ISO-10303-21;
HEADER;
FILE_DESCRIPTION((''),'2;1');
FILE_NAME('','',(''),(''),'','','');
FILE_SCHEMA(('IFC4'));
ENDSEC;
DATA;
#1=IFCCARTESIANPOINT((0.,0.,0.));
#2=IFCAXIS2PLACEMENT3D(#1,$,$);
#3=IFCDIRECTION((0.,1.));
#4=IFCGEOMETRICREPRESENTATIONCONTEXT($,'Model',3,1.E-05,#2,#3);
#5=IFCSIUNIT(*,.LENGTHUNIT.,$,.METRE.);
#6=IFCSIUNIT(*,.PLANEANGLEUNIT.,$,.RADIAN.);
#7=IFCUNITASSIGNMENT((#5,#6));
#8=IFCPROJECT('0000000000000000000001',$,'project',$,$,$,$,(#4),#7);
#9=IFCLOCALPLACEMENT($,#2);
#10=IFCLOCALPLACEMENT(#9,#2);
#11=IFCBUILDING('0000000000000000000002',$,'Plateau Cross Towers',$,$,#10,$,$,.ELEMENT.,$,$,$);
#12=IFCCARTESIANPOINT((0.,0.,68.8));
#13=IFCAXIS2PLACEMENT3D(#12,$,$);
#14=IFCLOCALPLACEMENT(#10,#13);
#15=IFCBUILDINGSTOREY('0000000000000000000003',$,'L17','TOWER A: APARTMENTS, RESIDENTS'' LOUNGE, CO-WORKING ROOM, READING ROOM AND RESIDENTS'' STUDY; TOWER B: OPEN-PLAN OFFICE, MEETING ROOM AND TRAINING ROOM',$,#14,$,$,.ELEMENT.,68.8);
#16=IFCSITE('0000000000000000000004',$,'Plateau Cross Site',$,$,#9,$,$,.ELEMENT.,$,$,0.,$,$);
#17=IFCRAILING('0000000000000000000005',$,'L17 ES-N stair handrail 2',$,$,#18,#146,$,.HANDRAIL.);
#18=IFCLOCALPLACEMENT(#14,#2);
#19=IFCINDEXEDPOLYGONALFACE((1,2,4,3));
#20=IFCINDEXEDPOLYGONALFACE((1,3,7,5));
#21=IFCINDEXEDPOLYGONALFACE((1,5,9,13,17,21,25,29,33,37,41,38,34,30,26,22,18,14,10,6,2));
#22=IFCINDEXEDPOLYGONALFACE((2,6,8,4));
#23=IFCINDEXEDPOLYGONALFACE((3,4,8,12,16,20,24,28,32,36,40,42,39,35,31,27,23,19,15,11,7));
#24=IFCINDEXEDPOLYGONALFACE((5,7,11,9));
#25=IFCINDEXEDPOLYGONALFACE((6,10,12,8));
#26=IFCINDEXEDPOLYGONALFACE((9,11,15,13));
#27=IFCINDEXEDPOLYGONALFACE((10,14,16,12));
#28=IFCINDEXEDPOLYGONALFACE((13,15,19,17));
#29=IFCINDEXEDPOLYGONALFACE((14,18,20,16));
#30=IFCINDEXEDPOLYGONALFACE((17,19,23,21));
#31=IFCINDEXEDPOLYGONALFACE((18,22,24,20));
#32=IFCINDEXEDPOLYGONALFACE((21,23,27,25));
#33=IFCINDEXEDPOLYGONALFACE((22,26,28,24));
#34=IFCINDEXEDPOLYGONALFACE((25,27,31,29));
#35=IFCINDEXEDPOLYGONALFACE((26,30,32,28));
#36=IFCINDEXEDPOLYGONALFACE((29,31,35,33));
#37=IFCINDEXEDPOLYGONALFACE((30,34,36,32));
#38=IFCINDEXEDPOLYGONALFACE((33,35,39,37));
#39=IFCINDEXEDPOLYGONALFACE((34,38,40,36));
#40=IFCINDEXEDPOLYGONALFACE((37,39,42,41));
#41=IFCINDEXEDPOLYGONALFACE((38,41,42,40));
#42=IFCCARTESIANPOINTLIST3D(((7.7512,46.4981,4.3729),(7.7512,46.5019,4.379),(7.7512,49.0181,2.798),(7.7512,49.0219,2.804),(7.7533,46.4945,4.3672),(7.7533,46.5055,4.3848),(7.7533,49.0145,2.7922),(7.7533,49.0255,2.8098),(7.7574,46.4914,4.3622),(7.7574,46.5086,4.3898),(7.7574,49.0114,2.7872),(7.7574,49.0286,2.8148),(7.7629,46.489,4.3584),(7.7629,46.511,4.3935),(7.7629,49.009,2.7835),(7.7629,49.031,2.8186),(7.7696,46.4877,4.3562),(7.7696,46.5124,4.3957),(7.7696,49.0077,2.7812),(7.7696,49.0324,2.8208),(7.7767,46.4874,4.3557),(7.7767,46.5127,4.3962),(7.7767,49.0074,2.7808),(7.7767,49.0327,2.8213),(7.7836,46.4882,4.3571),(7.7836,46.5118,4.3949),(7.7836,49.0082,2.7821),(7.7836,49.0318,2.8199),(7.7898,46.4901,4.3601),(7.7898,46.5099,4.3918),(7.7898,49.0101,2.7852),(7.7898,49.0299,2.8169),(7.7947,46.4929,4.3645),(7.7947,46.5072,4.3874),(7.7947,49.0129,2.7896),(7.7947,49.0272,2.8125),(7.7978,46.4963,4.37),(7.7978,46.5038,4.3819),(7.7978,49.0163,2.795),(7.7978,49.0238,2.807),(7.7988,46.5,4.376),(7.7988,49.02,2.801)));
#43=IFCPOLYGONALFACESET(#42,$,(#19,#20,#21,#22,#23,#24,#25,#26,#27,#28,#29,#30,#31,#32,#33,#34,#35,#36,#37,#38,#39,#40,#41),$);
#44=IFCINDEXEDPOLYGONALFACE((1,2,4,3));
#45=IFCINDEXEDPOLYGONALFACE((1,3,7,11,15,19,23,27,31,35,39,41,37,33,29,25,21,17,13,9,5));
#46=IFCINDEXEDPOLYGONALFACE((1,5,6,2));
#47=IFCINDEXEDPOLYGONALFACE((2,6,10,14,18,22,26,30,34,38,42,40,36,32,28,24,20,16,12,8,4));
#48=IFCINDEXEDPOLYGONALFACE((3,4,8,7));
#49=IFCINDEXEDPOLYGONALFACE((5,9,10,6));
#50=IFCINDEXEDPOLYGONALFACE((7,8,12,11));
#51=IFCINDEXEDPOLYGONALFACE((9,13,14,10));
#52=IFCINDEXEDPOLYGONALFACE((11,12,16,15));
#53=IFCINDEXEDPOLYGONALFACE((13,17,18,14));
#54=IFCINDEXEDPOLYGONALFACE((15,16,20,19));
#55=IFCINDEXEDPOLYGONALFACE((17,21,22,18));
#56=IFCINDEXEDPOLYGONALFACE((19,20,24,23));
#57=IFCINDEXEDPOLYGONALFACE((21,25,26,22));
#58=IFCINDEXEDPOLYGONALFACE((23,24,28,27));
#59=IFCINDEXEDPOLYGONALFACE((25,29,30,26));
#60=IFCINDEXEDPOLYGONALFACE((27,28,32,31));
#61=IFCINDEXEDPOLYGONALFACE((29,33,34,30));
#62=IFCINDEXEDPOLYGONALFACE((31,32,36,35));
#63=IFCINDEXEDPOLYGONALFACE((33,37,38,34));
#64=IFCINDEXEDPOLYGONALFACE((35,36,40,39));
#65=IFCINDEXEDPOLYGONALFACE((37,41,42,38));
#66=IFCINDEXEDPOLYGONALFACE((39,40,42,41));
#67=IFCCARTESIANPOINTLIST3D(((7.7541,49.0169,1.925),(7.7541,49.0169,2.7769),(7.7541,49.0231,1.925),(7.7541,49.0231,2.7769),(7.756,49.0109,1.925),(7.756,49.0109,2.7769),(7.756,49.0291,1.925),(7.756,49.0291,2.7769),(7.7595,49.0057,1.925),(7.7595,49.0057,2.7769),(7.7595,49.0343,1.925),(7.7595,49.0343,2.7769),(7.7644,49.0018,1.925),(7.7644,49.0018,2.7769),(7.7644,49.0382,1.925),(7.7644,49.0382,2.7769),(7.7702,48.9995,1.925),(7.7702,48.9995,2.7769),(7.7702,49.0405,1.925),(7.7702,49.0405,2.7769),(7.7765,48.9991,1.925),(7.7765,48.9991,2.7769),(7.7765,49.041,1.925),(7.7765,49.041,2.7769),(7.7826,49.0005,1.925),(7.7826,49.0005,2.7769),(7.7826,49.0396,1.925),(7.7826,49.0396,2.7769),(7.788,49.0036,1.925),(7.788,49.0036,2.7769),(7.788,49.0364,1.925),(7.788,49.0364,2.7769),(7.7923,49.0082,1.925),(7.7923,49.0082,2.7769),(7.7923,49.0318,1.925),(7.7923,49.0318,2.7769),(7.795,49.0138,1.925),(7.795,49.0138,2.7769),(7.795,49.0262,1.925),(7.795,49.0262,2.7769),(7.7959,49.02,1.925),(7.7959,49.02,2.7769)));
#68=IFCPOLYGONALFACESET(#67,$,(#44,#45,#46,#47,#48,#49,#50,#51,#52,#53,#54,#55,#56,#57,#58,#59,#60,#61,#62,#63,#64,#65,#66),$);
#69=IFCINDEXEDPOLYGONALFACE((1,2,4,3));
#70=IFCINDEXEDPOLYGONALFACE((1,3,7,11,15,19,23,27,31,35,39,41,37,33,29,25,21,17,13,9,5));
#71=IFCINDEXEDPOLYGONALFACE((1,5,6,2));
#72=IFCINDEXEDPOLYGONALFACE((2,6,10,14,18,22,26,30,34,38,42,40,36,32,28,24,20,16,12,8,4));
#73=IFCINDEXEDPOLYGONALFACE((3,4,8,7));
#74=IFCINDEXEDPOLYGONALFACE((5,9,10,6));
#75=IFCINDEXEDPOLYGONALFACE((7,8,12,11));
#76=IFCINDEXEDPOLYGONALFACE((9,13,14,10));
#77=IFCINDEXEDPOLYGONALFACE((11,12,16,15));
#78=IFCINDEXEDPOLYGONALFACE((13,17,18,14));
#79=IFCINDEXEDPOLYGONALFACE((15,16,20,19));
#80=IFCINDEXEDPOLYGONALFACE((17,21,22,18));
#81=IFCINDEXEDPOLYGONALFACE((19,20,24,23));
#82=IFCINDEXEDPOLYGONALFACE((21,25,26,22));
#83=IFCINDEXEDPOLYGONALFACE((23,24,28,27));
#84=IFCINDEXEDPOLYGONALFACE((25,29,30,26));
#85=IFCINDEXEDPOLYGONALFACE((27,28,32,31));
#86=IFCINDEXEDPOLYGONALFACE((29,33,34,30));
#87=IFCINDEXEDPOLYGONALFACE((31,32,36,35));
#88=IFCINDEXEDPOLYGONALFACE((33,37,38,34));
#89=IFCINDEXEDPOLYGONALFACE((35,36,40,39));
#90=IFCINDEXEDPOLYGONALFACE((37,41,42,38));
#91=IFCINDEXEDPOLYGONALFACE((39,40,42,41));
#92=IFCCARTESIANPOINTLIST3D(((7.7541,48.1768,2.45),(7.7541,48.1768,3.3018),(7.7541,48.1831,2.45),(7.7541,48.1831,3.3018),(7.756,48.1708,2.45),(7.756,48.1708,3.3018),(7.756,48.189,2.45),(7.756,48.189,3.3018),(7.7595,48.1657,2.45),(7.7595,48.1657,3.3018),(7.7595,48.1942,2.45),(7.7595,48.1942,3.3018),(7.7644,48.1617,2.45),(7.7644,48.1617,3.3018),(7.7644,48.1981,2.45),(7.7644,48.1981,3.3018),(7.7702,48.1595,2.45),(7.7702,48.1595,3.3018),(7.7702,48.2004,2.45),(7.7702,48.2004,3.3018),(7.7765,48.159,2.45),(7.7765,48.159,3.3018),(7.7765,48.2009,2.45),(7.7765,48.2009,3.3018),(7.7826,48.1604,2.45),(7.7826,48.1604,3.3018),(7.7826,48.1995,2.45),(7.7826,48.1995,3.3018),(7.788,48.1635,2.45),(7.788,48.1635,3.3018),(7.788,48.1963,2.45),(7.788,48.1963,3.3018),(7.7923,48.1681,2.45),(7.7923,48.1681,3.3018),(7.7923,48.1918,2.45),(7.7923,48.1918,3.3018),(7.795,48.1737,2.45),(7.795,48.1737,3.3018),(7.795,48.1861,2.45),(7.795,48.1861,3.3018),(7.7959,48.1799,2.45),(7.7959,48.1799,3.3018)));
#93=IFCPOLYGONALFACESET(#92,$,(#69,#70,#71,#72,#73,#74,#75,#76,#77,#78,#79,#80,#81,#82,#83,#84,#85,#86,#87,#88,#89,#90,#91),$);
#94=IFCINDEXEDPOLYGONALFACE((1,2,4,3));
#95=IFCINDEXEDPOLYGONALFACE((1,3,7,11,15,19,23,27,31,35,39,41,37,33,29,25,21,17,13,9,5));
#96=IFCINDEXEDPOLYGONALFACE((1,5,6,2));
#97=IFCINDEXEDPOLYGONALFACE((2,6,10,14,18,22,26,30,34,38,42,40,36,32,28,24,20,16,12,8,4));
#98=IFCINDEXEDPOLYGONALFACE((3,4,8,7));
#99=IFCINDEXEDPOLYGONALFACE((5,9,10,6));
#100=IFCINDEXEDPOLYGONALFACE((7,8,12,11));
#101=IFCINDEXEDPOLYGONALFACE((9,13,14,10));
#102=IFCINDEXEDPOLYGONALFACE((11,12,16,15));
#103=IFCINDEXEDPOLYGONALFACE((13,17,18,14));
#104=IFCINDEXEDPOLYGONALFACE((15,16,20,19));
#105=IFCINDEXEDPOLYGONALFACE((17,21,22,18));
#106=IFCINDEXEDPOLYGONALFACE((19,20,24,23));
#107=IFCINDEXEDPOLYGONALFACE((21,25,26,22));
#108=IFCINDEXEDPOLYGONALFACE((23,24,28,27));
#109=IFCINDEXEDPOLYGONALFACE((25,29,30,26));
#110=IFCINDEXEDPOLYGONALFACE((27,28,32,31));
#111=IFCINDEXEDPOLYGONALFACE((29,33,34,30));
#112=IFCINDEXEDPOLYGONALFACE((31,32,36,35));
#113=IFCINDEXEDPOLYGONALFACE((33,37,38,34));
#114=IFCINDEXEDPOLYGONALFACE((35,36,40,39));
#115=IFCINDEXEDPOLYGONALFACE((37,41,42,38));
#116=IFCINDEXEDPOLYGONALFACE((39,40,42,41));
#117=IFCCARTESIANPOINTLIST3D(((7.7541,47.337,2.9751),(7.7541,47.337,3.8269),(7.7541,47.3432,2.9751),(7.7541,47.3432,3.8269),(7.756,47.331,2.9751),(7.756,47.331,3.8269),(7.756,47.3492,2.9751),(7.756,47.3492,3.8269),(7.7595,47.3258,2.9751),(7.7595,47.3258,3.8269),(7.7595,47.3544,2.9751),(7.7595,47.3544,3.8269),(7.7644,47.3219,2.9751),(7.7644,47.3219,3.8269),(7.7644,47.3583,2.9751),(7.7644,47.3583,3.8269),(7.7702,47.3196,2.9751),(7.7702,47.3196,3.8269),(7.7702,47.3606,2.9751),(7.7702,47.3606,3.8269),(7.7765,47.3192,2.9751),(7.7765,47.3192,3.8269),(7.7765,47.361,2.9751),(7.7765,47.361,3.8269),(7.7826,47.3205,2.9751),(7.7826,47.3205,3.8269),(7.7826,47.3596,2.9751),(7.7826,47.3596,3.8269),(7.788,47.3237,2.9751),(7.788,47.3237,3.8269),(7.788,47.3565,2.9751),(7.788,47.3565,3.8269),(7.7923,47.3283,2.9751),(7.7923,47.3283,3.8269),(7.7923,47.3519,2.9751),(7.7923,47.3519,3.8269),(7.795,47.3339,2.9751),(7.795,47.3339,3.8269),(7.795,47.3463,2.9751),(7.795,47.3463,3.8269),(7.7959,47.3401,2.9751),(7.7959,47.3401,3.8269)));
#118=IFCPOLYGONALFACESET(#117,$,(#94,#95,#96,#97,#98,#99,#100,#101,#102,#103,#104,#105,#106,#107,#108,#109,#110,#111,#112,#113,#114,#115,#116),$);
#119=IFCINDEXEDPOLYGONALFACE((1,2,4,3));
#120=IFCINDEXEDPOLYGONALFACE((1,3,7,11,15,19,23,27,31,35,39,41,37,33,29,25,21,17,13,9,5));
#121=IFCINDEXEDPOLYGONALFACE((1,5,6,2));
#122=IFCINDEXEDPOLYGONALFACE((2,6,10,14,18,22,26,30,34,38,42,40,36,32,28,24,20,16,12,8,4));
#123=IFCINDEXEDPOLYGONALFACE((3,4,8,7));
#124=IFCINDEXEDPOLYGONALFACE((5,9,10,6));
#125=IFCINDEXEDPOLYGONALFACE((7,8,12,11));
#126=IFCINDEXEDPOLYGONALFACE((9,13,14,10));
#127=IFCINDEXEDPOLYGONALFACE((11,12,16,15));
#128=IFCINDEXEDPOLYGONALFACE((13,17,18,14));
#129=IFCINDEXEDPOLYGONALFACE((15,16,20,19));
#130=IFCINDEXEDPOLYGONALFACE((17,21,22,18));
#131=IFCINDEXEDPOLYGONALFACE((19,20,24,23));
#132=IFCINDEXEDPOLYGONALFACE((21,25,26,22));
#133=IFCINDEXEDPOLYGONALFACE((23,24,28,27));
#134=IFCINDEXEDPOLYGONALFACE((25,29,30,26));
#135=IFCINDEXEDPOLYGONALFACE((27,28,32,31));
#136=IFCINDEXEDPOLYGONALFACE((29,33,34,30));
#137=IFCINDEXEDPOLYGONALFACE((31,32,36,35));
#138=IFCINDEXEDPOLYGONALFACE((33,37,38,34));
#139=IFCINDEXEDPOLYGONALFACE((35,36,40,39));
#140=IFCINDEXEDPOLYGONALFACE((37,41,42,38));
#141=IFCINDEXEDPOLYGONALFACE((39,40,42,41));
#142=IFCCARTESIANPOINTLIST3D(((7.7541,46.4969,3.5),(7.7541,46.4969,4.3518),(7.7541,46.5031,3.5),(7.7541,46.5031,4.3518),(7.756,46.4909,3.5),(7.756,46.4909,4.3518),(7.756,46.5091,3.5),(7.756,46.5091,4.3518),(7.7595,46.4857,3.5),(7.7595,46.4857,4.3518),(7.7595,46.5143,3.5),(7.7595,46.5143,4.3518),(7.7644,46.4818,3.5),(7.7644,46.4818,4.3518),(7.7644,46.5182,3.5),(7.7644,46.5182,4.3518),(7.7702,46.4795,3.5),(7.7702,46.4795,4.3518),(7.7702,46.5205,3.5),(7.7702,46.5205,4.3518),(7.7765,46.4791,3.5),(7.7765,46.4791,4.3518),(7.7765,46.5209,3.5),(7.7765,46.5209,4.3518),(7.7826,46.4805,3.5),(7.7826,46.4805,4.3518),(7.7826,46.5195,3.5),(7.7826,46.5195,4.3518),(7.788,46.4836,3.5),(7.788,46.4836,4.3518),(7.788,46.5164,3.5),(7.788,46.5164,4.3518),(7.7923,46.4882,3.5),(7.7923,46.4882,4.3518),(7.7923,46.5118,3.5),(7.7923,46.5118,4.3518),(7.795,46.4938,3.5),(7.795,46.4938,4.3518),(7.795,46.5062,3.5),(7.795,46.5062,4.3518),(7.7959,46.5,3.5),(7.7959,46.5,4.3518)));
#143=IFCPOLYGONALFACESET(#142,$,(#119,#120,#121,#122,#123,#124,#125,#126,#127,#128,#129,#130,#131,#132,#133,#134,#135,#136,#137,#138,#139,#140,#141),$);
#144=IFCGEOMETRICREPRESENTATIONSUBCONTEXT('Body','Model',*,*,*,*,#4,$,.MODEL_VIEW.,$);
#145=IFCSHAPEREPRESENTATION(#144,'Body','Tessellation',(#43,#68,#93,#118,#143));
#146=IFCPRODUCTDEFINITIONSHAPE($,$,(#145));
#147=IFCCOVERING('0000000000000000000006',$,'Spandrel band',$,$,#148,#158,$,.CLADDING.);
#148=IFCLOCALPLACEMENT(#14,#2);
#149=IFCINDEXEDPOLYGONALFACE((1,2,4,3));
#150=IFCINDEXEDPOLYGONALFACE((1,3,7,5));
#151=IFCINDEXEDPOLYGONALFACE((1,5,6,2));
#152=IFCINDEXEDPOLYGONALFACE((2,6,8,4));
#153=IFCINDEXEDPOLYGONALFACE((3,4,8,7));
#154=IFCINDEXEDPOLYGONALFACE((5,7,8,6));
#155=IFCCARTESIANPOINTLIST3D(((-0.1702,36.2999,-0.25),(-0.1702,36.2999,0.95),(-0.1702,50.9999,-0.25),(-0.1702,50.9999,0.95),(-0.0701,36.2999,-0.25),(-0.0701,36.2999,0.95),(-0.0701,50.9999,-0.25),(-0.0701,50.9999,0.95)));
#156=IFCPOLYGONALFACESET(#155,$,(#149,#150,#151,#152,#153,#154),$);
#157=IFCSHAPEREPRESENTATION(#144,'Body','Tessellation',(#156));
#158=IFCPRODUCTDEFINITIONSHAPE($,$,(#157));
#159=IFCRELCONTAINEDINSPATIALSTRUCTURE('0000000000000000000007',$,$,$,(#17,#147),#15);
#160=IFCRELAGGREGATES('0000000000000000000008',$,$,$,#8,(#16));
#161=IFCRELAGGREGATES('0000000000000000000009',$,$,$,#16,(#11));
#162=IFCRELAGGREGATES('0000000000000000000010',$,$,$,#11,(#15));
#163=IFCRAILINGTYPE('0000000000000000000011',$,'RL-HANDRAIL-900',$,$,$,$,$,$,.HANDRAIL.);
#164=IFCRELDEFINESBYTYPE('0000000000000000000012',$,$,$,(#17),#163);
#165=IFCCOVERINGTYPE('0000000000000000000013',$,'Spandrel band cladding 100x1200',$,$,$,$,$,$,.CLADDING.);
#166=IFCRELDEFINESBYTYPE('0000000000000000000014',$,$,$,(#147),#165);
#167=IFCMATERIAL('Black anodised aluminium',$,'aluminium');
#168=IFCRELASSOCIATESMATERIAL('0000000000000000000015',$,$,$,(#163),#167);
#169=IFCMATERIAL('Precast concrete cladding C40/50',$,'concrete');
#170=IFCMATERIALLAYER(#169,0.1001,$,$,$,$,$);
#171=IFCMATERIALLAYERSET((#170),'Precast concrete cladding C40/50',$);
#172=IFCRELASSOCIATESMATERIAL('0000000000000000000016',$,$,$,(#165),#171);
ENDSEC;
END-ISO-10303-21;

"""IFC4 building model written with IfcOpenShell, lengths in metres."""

from ifc_helpers import new_model, si_unit, direction, frame, origin, origin_2d, place, context, subcontext, project, spatial, rectangle, circle, extrude, material, layer, layer_set, type_object, element, save


model = new_model("IFC4")

# Units and contexts
model_context = context("Model", 3, precision=1e-05, world=origin(), true_north=direction((0.0, 1.0)))
body_context = subcontext(model_context, "Body", "Model", "MODEL_VIEW")
ifc_project = project(units=[si_unit("LENGTHUNIT", "METRE"), si_unit("PLANEANGLEUNIT", "RADIAN")], contexts=[model_context])

# Site, building, storey
site_placement = place(None, origin())
site = spatial("IfcSite", under=ifc_project, at=site_placement, Name="Plateau Cross Site", CompositionType="ELEMENT", RefElevation=0.0)
building_placement = place(site_placement, origin())
building = spatial("IfcBuilding", under=site, at=building_placement, Name="Plateau Cross Towers", CompositionType="ELEMENT")
storey_placement = place(building_placement, frame((0.0, 0.0, 68.8)))
storey = spatial("IfcBuildingStorey", under=building, at=storey_placement, Name="L17", Description="TOWER A: APARTMENTS, RESIDENTS' LOUNGE, CO-WORKING ROOM, READING ROOM AND RESIDENTS' STUDY; TOWER B: OPEN-PLAN OFFICE, MEETING ROOM AND TRAINING ROOM", CompositionType="ELEMENT", Elevation=68.8)

# Shared definitions
ifc_material_1 = material(Name="Black anodised aluminium", Category="aluminium")

# Railing
railing_type_1 = type_object("IfcRailingType", Name="RL-HANDRAIL-900", PredefinedType="HANDRAIL", material=ifc_material_1)
railing_1_placement = place(storey_placement, frame((7.7749, 49.02, 1.925)))
element("IfcRailing", 1, at=railing_1_placement, inside=storey, type_object=railing_type_1, Name="L17 ES-N stair handrail 2", PredefinedType="HANDRAIL", context=body_context, shape_type="SweptSolid", body=[
    extrude(circle(Radius=0.0239, at=origin_2d()), frame((0.0, 0.0, 0.876), z_axis=(0.0, -0.848008, 0.529984), x_axis=(1.0, 0.0, 0.0)), (0.0, 0.0, 1.0), 2.9717),
    extrude(circle(Radius=0.021, at=origin_2d()), origin(), (0.0, 0.0, 1.0), 0.8518),
    extrude(circle(Radius=0.021, at=origin_2d()), frame((0.0, -0.8401, 0.5249)), (0.0, 0.0, 1.0), 0.8518),
    extrude(circle(Radius=0.021, at=origin_2d()), frame((0.0, -1.6799, 1.05)), (0.0, 0.0, 1.0), 0.8518),
    extrude(circle(Radius=0.021, at=origin_2d()), frame((0.0, -2.52, 1.575)), (0.0, 0.0, 1.0), 0.8518),
])

# Covering
ifc_material_2 = material(Name="Precast concrete cladding C40/50", Category="concrete")
ifc_layer_1 = layer(ifc_material_2, 0.1001)
ifc_layer_set_1 = layer_set([ifc_layer_1], Name="Precast concrete cladding C40/50")
covering_type = type_object("IfcCoveringType", Name="Spandrel band cladding 100x1200", PredefinedType="CLADDING", material=ifc_layer_set_1)
covering_placement = place(storey_placement, frame((-0.1201, 43.6499, -0.25), z_axis=(0.0, 0.0, 1.0), x_axis=(0.0, -1.0, 0.0)))
element("IfcCovering", 2, at=covering_placement, inside=storey, type_object=covering_type, Name="Spandrel band", PredefinedType="CLADDING", context=body_context, shape_type="SweptSolid", body=[
    extrude(rectangle(XDim=14.7, YDim=0.1001, at=origin_2d()), origin(), (0.0, 0.0, 1.0), 1.2),
])

save(model, "model.ifc")
